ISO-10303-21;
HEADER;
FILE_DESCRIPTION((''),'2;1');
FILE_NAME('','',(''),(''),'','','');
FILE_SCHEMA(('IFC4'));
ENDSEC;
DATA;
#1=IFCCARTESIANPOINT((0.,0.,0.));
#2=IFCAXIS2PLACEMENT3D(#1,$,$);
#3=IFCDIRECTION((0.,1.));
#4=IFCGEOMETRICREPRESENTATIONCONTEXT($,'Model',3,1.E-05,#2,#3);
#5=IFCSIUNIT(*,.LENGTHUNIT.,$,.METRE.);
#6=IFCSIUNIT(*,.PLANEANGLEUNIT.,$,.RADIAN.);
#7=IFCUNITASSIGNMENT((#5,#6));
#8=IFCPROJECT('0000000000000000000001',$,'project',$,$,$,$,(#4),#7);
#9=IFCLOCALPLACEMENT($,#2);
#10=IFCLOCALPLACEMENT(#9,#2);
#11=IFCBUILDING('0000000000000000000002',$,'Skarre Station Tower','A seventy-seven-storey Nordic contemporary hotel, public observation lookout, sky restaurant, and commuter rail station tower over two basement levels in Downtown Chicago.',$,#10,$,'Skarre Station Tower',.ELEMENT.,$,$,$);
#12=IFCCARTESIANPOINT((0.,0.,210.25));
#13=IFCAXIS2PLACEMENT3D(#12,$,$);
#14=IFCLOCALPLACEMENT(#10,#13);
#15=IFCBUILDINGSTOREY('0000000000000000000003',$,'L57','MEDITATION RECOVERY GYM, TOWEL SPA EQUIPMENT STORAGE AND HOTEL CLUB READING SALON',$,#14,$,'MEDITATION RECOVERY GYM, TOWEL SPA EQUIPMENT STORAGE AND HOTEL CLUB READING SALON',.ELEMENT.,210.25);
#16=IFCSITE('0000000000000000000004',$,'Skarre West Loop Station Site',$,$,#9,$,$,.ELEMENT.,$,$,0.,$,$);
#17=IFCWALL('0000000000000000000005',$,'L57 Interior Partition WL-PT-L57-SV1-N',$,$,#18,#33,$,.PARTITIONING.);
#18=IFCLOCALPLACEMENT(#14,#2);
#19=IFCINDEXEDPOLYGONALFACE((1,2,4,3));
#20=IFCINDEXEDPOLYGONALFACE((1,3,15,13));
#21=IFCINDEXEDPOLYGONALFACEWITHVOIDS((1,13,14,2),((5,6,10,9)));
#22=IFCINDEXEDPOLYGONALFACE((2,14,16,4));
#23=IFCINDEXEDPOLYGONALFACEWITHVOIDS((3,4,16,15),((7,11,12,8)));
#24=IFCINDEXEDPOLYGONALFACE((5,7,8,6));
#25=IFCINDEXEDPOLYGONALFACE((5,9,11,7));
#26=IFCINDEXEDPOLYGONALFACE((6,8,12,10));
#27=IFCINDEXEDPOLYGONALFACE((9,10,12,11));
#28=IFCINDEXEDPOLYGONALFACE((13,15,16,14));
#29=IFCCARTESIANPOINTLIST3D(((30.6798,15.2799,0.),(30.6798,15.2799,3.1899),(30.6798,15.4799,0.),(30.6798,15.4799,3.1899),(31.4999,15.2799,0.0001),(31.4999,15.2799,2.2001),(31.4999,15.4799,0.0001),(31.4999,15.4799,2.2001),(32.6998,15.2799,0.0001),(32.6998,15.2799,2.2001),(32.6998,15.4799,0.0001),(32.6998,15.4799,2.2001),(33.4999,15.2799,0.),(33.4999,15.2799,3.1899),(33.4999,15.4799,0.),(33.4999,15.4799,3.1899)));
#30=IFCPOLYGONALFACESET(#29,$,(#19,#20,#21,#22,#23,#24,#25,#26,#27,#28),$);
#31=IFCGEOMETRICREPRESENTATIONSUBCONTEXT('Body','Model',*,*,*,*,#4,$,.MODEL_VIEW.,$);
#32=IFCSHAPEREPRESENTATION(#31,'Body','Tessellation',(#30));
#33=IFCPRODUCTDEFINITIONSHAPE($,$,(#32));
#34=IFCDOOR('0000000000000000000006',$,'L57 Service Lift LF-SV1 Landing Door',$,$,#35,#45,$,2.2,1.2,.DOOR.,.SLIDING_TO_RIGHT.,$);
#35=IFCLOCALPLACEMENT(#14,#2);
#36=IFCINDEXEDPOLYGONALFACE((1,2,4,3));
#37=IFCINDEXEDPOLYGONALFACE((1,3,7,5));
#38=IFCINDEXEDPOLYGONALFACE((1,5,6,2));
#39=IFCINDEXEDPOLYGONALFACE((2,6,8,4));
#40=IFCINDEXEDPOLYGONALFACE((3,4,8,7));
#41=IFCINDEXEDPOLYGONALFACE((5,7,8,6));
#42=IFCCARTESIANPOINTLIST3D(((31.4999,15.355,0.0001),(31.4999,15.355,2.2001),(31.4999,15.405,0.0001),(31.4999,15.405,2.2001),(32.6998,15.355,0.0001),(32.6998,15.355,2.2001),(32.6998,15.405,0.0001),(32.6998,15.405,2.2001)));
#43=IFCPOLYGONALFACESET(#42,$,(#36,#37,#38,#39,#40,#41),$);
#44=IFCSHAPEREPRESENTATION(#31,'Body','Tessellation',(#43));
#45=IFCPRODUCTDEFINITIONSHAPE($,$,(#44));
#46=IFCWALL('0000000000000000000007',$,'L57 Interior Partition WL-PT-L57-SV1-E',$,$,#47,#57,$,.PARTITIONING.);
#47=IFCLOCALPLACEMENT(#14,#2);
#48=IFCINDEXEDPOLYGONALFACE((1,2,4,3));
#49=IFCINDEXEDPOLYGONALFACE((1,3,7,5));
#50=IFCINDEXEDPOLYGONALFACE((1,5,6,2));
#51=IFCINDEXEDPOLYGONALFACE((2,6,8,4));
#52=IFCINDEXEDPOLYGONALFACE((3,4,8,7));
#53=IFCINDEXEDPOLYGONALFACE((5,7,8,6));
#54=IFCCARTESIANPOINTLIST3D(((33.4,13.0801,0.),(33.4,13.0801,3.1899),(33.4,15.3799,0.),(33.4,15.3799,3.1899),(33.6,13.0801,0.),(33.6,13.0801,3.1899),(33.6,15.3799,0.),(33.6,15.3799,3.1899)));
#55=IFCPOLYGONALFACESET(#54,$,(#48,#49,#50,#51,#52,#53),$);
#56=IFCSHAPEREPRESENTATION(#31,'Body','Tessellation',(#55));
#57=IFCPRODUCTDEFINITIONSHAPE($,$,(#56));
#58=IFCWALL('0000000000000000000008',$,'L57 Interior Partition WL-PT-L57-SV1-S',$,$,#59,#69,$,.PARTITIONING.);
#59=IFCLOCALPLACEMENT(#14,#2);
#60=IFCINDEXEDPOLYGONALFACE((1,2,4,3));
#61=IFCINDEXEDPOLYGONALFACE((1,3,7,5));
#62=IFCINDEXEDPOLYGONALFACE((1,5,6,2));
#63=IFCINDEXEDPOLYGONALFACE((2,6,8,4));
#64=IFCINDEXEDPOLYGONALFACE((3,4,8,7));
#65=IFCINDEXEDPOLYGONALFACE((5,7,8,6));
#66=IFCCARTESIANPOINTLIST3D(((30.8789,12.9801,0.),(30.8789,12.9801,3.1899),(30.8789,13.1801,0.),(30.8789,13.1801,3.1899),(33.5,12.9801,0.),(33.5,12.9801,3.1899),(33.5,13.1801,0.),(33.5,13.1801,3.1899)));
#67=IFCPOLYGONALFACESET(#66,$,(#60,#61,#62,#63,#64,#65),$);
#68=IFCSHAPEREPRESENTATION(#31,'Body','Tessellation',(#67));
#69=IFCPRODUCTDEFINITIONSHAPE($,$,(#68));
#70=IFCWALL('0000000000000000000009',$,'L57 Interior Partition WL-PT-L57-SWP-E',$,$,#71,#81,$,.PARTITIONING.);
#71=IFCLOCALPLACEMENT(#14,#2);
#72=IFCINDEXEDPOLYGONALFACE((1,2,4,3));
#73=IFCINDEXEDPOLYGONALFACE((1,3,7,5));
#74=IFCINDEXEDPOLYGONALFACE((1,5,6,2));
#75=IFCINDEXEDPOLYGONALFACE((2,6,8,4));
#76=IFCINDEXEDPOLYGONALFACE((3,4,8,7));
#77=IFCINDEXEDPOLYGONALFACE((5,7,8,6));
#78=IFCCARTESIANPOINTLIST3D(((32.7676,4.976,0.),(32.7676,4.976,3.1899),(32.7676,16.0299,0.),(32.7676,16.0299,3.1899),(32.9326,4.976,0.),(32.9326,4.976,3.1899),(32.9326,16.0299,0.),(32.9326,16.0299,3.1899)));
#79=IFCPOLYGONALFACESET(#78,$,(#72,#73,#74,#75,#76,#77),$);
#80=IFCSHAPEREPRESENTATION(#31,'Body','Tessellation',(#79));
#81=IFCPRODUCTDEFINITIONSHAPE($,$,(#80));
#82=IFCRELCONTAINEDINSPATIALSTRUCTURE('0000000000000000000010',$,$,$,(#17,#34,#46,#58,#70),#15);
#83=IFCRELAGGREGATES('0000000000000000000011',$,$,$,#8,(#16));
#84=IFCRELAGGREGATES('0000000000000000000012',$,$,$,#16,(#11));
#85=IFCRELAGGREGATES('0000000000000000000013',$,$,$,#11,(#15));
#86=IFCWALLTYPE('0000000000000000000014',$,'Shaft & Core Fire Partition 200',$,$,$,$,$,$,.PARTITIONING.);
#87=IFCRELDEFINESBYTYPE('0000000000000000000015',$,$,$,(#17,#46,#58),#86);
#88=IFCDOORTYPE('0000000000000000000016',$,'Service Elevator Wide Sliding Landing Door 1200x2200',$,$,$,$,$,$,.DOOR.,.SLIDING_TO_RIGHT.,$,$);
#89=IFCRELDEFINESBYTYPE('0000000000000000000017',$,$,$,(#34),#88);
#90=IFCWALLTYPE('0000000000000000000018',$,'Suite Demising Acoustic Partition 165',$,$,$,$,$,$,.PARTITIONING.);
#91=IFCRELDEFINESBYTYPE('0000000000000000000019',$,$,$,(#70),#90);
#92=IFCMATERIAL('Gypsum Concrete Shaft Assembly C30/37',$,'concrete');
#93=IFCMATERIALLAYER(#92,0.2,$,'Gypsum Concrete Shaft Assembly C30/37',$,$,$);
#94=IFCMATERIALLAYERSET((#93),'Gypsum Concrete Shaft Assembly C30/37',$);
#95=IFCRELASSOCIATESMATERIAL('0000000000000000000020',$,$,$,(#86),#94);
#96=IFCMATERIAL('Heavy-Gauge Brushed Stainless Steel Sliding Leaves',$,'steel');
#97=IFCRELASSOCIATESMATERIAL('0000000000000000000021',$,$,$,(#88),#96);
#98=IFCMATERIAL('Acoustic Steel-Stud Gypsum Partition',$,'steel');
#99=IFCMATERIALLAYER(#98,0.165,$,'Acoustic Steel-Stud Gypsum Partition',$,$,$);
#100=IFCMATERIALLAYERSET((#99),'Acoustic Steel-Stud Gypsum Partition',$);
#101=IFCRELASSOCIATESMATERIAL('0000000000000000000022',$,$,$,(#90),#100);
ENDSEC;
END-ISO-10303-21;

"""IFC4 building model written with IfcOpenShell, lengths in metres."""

from ifc_helpers import new_model, si_unit, direction, frame, frame_2d, origin, place, context, subcontext, project, spatial, rectangle, extrude, material, layer, layer_set, type_object, element, fill, save


model = new_model("IFC4")

# Units and contexts
model_context = context("Model", 3, precision=1e-05, world=origin(), true_north=direction((0.0, 1.0)))
body_context = subcontext(model_context, "Body", "Model", "MODEL_VIEW")
ifc_project = project(units=[si_unit("LENGTHUNIT", "METRE"), si_unit("PLANEANGLEUNIT", "RADIAN")], contexts=[model_context])

# Site, building, storey
site_placement = place(None, origin())
site = spatial("IfcSite", under=ifc_project, at=site_placement, Name="Skarre West Loop Station Site", CompositionType="ELEMENT", RefElevation=0.0)
building_placement = place(site_placement, origin())
building = spatial("IfcBuilding", under=site, at=building_placement, Name="Skarre Station Tower", Description="A seventy-seven-storey Nordic contemporary hotel, public observation lookout, sky restaurant, and commuter rail station tower over two basement levels in Downtown Chicago.", LongName="Skarre Station Tower", CompositionType="ELEMENT")
storey_placement = place(building_placement, frame((0.0, 0.0, 210.25)))
storey = spatial("IfcBuildingStorey", under=building, at=storey_placement, Name="L57", Description="MEDITATION RECOVERY GYM, TOWEL SPA EQUIPMENT STORAGE AND HOTEL CLUB READING SALON", LongName="MEDITATION RECOVERY GYM, TOWEL SPA EQUIPMENT STORAGE AND HOTEL CLUB READING SALON", CompositionType="ELEMENT", Elevation=210.25)

# Shared definitions
ifc_material_1 = material(Name="Acoustic Steel-Stud Gypsum Partition", Category="steel")

# Wall, opening, door
ifc_material_2 = material(Name="Gypsum Concrete Shaft Assembly C30/37", Category="concrete")
ifc_layer_1 = layer(ifc_material_2, 0.2, Name="Gypsum Concrete Shaft Assembly C30/37")
ifc_layer_set_1 = layer_set([ifc_layer_1], Name="Gypsum Concrete Shaft Assembly C30/37")
wall_type_1 = type_object("IfcWallType", Name="Shaft & Core Fire Partition 200", PredefinedType="PARTITIONING", material=ifc_layer_set_1)
wall_1_placement = place(storey_placement, frame((33.5, 15.3799, 0.0), z_axis=(0.0, 0.0, 1.0), x_axis=(-1.0, 0.0, 0.0)))
wall_1 = element("IfcWall", 1, at=wall_1_placement, inside=storey, type_object=wall_type_1, Name="L57 Interior Partition WL-PT-L57-SV1-N", PredefinedType="PARTITIONING", context=body_context, shape_type="SweptSolid", body=[
    extrude(rectangle(XDim=2.8201, YDim=0.2, at=frame_2d((1.4102, 0.0))), origin(), (0.0, 0.0, 1.0), 3.1899),
])
opening_1_placement = place(wall_1_placement, frame((0.8, 0.0, 0.0)))
opening_1 = element("IfcOpeningElement", 2, at=opening_1_placement, cuts=wall_1, PredefinedType="OPENING", context=body_context, shape_type="SweptSolid", body=[
    extrude(rectangle(XDim=1.2, YDim=2.2, at=frame_2d((0.6001, 1.1001))), frame((0.0, 0.1099, 0.0), z_axis=(0.0, -1.0, 0.0), x_axis=(1.0, 0.0, 0.0)), (0.0, 0.0, 1.0), 0.22),
])
ifc_material_3 = material(Name="Heavy-Gauge Brushed Stainless Steel Sliding Leaves", Category="steel")
door_type_1 = type_object("IfcDoorType", Name="Service Elevator Wide Sliding Landing Door 1200x2200", OperationType="SLIDING_TO_RIGHT", PredefinedType="DOOR", material=ifc_material_3)
door_1_placement = place(opening_1_placement, origin())
door_1 = element("IfcDoor", 3, at=door_1_placement, inside=storey, type_object=door_type_1, Name="L57 Service Lift LF-SV1 Landing Door", OperationType="SLIDING_TO_RIGHT", OverallHeight=2.2, OverallWidth=1.2, PredefinedType="DOOR", context=body_context, shape_type="SweptSolid", body=[
    extrude(rectangle(XDim=1.2, YDim=2.2, at=frame_2d((0.6001, 1.1001))), frame((0.0, 0.0249, 0.0), z_axis=(0.0, -1.0, 0.0), x_axis=(1.0, 0.0, 0.0)), (0.0, 0.0, 1.0), 0.05),
])
fill(opening_1, door_1)

# Walls
wall_2_placement = place(storey_placement, frame((33.5, 13.0801, 0.0), z_axis=(0.0, 0.0, 1.0), x_axis=(0.0, 1.0, 0.0)))
element("IfcWall", 4, at=wall_2_placement, inside=storey, type_object=wall_type_1, Name="L57 Interior Partition WL-PT-L57-SV1-E", PredefinedType="PARTITIONING", context=body_context, shape_type="SweptSolid", body=[
    extrude(rectangle(XDim=2.2998, YDim=0.2, at=frame_2d((1.1499, 0.0))), origin(), (0.0, 0.0, 1.0), 3.1899),
])
wall_3_placement = place(storey_placement, frame((30.8789, 13.0801, 0.0), z_axis=(0.0, 0.0, 1.0), x_axis=(1.0, 0.0, 0.0)))
element("IfcWall", 5, at=wall_3_placement, inside=storey, type_object=wall_type_1, Name="L57 Interior Partition WL-PT-L57-SV1-S", PredefinedType="PARTITIONING", context=body_context, shape_type="SweptSolid", body=[
    extrude(rectangle(XDim=2.6211, YDim=0.2, at=frame_2d((1.3105, 0.0))), origin(), (0.0, 0.0, 1.0), 3.1899),
])
ifc_layer_2 = layer(ifc_material_1, 0.165, Name="Acoustic Steel-Stud Gypsum Partition")
ifc_layer_set_2 = layer_set([ifc_layer_2], Name="Acoustic Steel-Stud Gypsum Partition")
wall_type_2 = type_object("IfcWallType", Name="Suite Demising Acoustic Partition 165", PredefinedType="PARTITIONING", material=ifc_layer_set_2)
wall_4_placement = place(storey_placement, frame((32.8501, 4.9761, 0.0), z_axis=(0.0, 0.0, 1.0), x_axis=(0.0, 1.0, 0.0)))
element("IfcWall", 6, at=wall_4_placement, inside=storey, type_object=wall_type_2, Name="L57 Interior Partition WL-PT-L57-SWP-E", PredefinedType="PARTITIONING", context=body_context, shape_type="SweptSolid", body=[
    extrude(rectangle(XDim=11.054, YDim=0.165, at=frame_2d((5.5269, 0.0))), origin(), (0.0, 0.0, 1.0), 3.1899),
])

save(model, "model.ifc")
